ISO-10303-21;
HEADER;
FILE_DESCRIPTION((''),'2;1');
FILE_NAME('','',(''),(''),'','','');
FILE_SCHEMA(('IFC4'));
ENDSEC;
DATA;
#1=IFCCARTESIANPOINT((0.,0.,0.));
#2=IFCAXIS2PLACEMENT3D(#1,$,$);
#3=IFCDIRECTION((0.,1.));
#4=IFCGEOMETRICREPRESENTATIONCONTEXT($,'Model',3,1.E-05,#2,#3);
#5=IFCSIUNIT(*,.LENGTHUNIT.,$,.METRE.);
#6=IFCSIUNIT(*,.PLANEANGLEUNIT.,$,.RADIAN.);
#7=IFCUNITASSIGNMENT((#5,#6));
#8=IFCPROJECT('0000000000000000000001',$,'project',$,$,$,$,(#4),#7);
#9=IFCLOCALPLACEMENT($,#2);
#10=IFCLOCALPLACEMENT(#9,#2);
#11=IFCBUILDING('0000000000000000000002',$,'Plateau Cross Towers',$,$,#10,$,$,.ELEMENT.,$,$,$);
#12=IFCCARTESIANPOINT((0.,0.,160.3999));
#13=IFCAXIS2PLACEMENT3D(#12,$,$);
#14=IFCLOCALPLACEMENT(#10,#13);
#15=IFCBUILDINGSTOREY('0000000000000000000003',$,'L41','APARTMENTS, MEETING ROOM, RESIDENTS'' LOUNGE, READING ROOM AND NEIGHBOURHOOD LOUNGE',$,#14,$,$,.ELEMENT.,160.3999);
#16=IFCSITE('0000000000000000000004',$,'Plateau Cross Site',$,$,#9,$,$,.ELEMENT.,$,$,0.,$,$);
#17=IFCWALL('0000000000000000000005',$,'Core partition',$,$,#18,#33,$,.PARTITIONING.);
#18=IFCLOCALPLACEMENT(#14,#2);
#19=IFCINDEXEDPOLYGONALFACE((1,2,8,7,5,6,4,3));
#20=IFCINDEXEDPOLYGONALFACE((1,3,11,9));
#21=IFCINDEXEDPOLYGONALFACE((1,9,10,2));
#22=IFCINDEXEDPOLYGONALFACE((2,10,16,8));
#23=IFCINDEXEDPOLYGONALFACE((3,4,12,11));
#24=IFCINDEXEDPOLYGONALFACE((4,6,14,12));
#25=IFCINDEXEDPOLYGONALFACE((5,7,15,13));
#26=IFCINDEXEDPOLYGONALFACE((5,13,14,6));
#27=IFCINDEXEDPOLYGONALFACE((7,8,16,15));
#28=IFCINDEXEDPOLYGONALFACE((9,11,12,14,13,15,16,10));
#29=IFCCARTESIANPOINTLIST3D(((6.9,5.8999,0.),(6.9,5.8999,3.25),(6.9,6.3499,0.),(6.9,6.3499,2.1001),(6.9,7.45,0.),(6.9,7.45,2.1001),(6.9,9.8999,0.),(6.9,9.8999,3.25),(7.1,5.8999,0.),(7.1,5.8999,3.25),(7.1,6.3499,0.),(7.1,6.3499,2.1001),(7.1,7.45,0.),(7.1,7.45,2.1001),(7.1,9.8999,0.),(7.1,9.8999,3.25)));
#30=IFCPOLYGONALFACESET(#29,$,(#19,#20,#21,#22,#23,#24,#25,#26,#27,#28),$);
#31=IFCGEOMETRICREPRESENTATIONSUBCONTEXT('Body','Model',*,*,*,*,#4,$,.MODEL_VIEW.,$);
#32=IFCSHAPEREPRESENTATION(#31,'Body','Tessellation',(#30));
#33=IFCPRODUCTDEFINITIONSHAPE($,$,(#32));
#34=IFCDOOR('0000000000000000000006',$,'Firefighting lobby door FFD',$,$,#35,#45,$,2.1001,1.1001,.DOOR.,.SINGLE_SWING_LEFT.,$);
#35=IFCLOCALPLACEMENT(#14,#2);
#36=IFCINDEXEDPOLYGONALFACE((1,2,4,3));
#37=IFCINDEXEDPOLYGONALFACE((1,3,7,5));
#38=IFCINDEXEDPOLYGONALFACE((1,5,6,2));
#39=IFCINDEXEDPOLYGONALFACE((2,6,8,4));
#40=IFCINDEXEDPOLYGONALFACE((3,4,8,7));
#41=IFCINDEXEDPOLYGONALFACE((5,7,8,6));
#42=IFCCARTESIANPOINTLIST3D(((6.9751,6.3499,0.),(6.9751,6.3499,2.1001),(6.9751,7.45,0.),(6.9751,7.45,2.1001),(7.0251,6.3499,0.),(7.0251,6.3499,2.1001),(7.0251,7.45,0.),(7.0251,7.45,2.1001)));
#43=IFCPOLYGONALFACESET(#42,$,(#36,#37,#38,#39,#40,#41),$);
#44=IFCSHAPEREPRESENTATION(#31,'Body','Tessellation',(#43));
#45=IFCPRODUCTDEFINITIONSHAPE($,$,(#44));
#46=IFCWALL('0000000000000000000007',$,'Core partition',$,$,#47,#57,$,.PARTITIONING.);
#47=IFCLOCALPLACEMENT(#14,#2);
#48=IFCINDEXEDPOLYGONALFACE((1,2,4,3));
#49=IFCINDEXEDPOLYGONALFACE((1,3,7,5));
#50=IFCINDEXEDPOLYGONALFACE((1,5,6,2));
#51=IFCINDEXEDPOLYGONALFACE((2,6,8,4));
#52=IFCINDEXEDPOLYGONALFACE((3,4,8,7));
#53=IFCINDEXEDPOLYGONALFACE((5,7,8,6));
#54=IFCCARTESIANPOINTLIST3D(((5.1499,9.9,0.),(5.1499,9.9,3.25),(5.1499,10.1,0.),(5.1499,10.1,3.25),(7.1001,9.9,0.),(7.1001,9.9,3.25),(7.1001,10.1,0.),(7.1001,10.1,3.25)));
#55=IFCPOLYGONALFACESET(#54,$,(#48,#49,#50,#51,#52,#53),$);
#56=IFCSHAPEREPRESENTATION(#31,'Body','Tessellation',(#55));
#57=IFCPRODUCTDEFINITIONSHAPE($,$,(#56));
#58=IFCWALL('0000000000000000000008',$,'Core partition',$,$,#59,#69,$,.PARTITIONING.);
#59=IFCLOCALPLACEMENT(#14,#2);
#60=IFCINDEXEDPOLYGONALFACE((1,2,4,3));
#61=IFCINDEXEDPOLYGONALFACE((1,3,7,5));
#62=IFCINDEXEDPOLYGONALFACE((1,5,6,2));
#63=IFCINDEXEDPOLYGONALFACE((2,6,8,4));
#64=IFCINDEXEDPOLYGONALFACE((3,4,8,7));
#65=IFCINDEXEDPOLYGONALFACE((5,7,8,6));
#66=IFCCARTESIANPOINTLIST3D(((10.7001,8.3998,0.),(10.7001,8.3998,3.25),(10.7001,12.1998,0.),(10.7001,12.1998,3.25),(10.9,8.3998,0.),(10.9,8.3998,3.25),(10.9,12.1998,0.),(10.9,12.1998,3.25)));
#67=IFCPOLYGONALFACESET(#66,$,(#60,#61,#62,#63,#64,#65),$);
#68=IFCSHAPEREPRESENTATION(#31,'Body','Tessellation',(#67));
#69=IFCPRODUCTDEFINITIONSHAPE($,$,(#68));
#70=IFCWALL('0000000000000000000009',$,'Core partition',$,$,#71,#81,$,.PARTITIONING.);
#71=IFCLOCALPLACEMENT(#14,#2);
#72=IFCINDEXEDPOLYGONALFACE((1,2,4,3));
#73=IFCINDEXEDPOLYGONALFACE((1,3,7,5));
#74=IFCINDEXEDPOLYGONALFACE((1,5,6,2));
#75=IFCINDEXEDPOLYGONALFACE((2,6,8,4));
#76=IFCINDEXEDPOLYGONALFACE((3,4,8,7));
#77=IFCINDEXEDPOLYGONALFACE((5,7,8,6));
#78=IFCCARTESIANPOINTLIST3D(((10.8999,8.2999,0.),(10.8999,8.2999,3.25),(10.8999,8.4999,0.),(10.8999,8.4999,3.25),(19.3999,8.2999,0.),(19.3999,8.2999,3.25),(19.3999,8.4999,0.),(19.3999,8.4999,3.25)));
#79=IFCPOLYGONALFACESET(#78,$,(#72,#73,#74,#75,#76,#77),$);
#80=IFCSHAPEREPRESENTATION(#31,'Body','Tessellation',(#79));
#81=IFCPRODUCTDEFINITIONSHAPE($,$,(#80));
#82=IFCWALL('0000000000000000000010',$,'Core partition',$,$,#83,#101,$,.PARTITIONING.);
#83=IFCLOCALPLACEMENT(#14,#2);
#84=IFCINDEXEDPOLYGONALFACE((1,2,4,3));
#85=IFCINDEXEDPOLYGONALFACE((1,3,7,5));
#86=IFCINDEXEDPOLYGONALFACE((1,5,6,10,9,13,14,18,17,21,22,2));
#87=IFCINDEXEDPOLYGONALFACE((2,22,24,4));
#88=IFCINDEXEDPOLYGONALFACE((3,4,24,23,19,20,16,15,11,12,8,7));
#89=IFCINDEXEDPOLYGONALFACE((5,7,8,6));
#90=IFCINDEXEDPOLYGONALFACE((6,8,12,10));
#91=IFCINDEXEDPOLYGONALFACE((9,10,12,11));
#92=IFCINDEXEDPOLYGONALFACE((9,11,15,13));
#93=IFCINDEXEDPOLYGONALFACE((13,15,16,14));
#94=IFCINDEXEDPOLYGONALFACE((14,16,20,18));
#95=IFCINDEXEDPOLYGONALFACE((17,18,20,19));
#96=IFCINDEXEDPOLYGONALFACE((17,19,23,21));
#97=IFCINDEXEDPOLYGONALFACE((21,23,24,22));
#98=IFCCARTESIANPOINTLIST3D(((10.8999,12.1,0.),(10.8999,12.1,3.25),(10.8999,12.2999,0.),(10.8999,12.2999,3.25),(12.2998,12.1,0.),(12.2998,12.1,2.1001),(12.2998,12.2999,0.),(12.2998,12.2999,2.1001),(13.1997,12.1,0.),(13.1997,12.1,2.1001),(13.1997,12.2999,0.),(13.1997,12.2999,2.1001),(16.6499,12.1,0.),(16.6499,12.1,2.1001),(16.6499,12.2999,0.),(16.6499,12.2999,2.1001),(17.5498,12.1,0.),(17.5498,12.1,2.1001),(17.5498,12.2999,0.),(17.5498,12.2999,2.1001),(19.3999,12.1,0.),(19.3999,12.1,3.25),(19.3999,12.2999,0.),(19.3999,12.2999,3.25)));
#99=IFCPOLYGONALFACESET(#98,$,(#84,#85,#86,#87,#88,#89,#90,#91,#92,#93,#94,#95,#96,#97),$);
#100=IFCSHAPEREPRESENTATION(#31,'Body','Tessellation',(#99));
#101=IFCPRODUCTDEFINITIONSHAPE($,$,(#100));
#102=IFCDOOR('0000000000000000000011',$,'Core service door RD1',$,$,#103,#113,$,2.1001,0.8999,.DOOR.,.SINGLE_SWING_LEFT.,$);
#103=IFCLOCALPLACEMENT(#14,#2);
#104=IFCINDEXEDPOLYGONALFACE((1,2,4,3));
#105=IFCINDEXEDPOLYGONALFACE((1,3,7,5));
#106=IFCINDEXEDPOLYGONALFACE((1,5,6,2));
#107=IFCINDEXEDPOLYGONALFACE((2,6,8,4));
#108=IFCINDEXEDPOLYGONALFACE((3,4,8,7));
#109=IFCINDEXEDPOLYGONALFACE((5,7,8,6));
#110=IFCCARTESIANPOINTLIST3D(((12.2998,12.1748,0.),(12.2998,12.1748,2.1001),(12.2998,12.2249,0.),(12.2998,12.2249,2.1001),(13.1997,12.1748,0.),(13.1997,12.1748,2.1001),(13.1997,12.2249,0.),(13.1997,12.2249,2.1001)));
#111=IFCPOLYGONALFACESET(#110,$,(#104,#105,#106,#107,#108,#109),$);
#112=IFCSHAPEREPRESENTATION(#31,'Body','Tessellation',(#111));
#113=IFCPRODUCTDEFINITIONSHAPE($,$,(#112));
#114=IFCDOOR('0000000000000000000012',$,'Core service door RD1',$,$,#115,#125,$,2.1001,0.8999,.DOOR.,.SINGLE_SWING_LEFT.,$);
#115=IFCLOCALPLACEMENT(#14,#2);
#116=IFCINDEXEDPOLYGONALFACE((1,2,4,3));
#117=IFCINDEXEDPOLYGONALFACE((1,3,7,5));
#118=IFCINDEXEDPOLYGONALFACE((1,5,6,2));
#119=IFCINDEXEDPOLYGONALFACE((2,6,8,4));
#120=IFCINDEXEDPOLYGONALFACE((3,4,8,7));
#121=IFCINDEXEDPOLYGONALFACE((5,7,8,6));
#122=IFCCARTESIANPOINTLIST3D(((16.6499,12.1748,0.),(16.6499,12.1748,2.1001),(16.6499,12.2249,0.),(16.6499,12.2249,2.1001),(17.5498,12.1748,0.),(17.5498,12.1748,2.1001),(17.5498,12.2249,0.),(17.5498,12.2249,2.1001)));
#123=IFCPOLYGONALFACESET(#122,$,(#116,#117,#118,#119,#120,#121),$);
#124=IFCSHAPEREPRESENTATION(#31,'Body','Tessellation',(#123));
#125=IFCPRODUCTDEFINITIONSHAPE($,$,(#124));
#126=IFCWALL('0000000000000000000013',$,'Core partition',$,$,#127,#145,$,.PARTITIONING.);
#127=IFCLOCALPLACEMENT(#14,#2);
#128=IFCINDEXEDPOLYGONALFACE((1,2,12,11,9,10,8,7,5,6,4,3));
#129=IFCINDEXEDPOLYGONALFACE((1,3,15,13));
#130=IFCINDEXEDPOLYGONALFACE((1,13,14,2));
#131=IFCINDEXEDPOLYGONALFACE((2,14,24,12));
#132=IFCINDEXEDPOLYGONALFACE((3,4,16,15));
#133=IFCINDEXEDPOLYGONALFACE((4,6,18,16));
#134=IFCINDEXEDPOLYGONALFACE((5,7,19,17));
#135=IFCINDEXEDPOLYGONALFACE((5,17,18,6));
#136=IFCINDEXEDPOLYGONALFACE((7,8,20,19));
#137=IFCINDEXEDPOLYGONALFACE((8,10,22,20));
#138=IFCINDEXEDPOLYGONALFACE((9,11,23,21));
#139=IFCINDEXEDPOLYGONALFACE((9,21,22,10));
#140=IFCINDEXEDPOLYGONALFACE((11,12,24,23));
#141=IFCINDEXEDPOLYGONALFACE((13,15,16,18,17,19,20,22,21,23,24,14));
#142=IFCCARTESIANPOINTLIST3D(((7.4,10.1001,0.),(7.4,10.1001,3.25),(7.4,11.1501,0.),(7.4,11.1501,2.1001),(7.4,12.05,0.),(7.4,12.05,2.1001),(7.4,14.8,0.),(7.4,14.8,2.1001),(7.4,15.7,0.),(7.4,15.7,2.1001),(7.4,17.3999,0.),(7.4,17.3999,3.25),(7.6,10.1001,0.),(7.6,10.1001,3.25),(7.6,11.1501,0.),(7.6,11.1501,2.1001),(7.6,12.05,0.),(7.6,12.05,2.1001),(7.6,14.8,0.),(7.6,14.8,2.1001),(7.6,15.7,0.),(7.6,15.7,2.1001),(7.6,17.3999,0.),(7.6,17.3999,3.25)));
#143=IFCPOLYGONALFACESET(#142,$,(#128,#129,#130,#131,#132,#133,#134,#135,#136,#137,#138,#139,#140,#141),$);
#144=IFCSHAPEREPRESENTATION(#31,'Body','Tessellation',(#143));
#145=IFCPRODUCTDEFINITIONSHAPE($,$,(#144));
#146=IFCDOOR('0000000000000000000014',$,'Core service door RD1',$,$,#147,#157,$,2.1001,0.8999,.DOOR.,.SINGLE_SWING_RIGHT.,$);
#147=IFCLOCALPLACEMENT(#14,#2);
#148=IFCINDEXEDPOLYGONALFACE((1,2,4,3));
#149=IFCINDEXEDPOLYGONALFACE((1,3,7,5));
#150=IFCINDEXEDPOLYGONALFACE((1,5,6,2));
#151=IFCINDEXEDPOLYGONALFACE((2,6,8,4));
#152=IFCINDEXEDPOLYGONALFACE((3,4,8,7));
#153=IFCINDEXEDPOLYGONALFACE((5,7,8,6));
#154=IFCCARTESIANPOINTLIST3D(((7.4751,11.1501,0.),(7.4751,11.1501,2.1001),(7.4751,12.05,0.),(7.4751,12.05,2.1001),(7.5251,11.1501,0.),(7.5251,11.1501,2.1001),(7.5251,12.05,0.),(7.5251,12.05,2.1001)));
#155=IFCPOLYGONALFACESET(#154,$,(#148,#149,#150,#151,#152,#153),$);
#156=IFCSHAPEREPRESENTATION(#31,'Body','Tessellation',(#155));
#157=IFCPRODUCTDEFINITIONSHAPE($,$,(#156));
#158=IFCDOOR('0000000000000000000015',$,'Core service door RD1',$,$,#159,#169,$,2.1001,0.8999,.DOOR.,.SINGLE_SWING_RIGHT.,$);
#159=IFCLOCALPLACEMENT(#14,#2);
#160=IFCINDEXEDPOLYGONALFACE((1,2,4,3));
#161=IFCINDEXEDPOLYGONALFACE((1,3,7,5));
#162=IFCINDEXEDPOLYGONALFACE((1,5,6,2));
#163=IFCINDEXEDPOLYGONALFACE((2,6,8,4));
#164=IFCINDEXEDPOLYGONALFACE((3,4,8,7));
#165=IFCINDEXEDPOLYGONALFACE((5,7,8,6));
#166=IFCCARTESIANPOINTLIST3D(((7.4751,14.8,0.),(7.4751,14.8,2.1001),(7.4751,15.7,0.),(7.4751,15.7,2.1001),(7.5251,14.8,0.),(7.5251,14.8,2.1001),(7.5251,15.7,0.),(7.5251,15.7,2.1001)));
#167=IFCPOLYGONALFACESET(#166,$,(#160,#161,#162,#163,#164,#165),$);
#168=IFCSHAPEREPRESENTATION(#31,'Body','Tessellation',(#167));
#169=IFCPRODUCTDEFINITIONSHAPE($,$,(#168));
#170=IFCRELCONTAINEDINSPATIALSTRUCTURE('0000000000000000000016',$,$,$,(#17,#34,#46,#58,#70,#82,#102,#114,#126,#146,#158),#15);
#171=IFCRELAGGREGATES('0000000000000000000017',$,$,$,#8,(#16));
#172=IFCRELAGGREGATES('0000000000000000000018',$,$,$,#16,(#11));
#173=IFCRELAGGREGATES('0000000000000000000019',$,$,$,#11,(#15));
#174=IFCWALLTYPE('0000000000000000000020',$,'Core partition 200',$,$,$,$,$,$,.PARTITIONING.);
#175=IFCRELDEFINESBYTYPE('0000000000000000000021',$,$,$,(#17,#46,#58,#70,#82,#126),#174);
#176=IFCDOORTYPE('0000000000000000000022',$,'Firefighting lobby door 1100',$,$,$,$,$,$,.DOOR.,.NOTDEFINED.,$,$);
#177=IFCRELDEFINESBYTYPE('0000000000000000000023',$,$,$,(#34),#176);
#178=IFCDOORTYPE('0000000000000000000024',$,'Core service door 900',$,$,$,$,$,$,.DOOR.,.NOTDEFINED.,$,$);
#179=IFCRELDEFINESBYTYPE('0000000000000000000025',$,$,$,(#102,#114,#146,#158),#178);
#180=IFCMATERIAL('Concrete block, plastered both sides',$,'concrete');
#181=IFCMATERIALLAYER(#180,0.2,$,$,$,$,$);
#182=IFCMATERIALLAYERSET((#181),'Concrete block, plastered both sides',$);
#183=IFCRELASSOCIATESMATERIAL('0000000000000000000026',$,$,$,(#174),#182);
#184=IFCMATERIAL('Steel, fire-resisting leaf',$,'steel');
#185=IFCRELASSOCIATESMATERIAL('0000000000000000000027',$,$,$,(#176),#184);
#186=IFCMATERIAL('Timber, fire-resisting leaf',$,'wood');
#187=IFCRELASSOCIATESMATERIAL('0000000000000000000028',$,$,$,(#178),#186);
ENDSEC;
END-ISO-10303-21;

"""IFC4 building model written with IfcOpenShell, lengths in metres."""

from ifc_helpers import new_model, si_unit, direction, frame, frame_2d, origin, place, context, subcontext, project, spatial, rectangle, extrude, material, layer, layer_set, type_object, element, fill, save


model = new_model("IFC4")

# Units and contexts
model_context = context("Model", 3, precision=1e-05, world=origin(), true_north=direction((0.0, 1.0)))
body_context = subcontext(model_context, "Body", "Model", "MODEL_VIEW")
ifc_project = project(units=[si_unit("LENGTHUNIT", "METRE"), si_unit("PLANEANGLEUNIT", "RADIAN")], contexts=[model_context])

# Site, building, storey
site_placement = place(None, origin())
site = spatial("IfcSite", under=ifc_project, at=site_placement, Name="Plateau Cross Site", CompositionType="ELEMENT", RefElevation=0.0)
building_placement = place(site_placement, origin())
building = spatial("IfcBuilding", under=site, at=building_placement, Name="Plateau Cross Towers", CompositionType="ELEMENT")
storey_placement = place(building_placement, frame((0.0, 0.0, 160.3999)))
storey = spatial("IfcBuildingStorey", under=building, at=storey_placement, Name="L41", Description="APARTMENTS, MEETING ROOM, RESIDENTS' LOUNGE, READING ROOM AND NEIGHBOURHOOD LOUNGE", CompositionType="ELEMENT", Elevation=160.3999)

# Wall, opening, door
ifc_material_1 = material(Name="Concrete block, plastered both sides", Category="concrete")
ifc_layer_1 = layer(ifc_material_1, 0.2)
ifc_layer_set_1 = layer_set([ifc_layer_1], Name="Concrete block, plastered both sides")
wall_type_1 = type_object("IfcWallType", Name="Core partition 200", PredefinedType="PARTITIONING", material=ifc_layer_set_1)
wall_1_placement = place(storey_placement, frame((7.0, 5.8999, 0.0), z_axis=(0.0, 0.0, 1.0), x_axis=(0.0, 1.0, 0.0)))
wall_1 = element("IfcWall", 1, at=wall_1_placement, inside=storey, type_object=wall_type_1, Name="Core partition", PredefinedType="PARTITIONING", context=body_context, shape_type="SweptSolid", body=[
    extrude(rectangle(XDim=4.0, YDim=0.2, at=frame_2d((2.0, 0.0))), origin(), (0.0, 0.0, 1.0), 3.25),
])
opening_1_placement = place(wall_1_placement, frame((0.45, 0.0, 0.0)))
opening_1 = element("IfcOpeningElement", 2, at=opening_1_placement, cuts=wall_1, PredefinedType="OPENING", context=body_context, shape_type="SweptSolid", body=[
    extrude(rectangle(XDim=1.1001, YDim=2.1001, at=frame_2d((0.55, 1.05))), frame((0.0, 0.1099, 0.0), z_axis=(0.0, -1.0, 0.0), x_axis=(1.0, 0.0, 0.0)), (0.0, 0.0, 1.0), 0.22),
])
ifc_material_2 = material(Name="Steel, fire-resisting leaf", Category="steel")
door_type_1 = type_object("IfcDoorType", Name="Firefighting lobby door 1100", OperationType="NOTDEFINED", PredefinedType="DOOR", material=ifc_material_2)
door_1_placement = place(opening_1_placement, origin())
door_1 = element("IfcDoor", 3, at=door_1_placement, inside=storey, type_object=door_type_1, Name="Firefighting lobby door FFD", OperationType="SINGLE_SWING_LEFT", OverallHeight=2.1001, OverallWidth=1.1001, PredefinedType="DOOR", context=body_context, shape_type="SweptSolid", body=[
    extrude(rectangle(XDim=1.1001, YDim=2.1001, at=frame_2d((0.55, 1.05))), frame((0.0, 0.0249, 0.0), z_axis=(0.0, -1.0, 0.0), x_axis=(1.0, 0.0, 0.0)), (0.0, 0.0, 1.0), 0.05),
])
fill(opening_1, door_1)

# Walls
wall_2_placement = place(storey_placement, frame((5.1499, 10.0, 0.0), z_axis=(0.0, 0.0, 1.0), x_axis=(1.0, 0.0, 0.0)))
element("IfcWall", 4, at=wall_2_placement, inside=storey, type_object=wall_type_1, Name="Core partition", PredefinedType="PARTITIONING", context=body_context, shape_type="SweptSolid", body=[
    extrude(rectangle(XDim=1.9502, YDim=0.2, at=frame_2d((0.9751, 0.0))), origin(), (0.0, 0.0, 1.0), 3.25),
])
wall_3_placement = place(storey_placement, frame((10.8, 8.3999, 0.0), z_axis=(0.0, 0.0, 1.0), x_axis=(0.0, 1.0, 0.0)))
element("IfcWall", 5, at=wall_3_placement, inside=storey, type_object=wall_type_1, Name="Core partition", PredefinedType="PARTITIONING", context=body_context, shape_type="SweptSolid", body=[
    extrude(rectangle(XDim=3.8, YDim=0.2, at=frame_2d((1.8999, 0.0))), origin(), (0.0, 0.0, 1.0), 3.25),
])
wall_4_placement = place(storey_placement, frame((10.8999, 8.3999, 0.0), z_axis=(0.0, 0.0, 1.0), x_axis=(1.0, 0.0, 0.0)))
element("IfcWall", 6, at=wall_4_placement, inside=storey, type_object=wall_type_1, Name="Core partition", PredefinedType="PARTITIONING", context=body_context, shape_type="SweptSolid", body=[
    extrude(rectangle(XDim=8.5, YDim=0.2, at=frame_2d((4.25, 0.0))), origin(), (0.0, 0.0, 1.0), 3.25),
])

# Walls, openings, doors
wall_5_placement = place(storey_placement, frame((10.8999, 12.2, 0.0), z_axis=(0.0, 0.0, 1.0), x_axis=(1.0, 0.0, 0.0)))
wall_5 = element("IfcWall", 7, at=wall_5_placement, inside=storey, type_object=wall_type_1, Name="Core partition", PredefinedType="PARTITIONING", context=body_context, shape_type="SweptSolid", body=[
    extrude(rectangle(XDim=8.5, YDim=0.2, at=frame_2d((4.25, 0.0))), origin(), (0.0, 0.0, 1.0), 3.25),
])
opening_2_placement = place(wall_5_placement, frame((1.3999, 0.0, 0.0)))
opening_2 = element("IfcOpeningElement", 8, at=opening_2_placement, cuts=wall_5, PredefinedType="OPENING", context=body_context, shape_type="SweptSolid", body=[
    extrude(rectangle(XDim=0.8999, YDim=2.1001, at=frame_2d((0.45, 1.05))), frame((0.0, 0.1099, 0.0), z_axis=(0.0, -1.0, 0.0), x_axis=(1.0, 0.0, 0.0)), (0.0, 0.0, 1.0), 0.22),
])
opening_3_placement = place(wall_5_placement, frame((5.75, 0.0, 0.0)))
opening_3 = element("IfcOpeningElement", 9, at=opening_3_placement, cuts=wall_5, PredefinedType="OPENING", context=body_context, shape_type="SweptSolid", body=[
    extrude(rectangle(XDim=0.8999, YDim=2.1001, at=frame_2d((0.45, 1.05))), frame((0.0, 0.1099, 0.0), z_axis=(0.0, -1.0, 0.0), x_axis=(1.0, 0.0, 0.0)), (0.0, 0.0, 1.0), 0.22),
])
ifc_material_3 = material(Name="Timber, fire-resisting leaf", Category="wood")
door_type_2 = type_object("IfcDoorType", Name="Core service door 900", OperationType="NOTDEFINED", PredefinedType="DOOR", material=ifc_material_3)
door_2_placement = place(opening_2_placement, origin())
door_2 = element("IfcDoor", 10, at=door_2_placement, inside=storey, type_object=door_type_2, Name="Core service door RD1", OperationType="SINGLE_SWING_LEFT", OverallHeight=2.1001, OverallWidth=0.8999, PredefinedType="DOOR", context=body_context, shape_type="SweptSolid", body=[
    extrude(rectangle(XDim=0.8999, YDim=2.1001, at=frame_2d((0.45, 1.05))), frame((0.0, 0.0249, 0.0), z_axis=(0.0, -1.0, 0.0), x_axis=(1.0, 0.0, 0.0)), (0.0, 0.0, 1.0), 0.05),
])
fill(opening_2, door_2)
door_3_placement = place(opening_3_placement, origin())
door_3 = element("IfcDoor", 11, at=door_3_placement, inside=storey, type_object=door_type_2, Name="Core service door RD1", OperationType="SINGLE_SWING_LEFT", OverallHeight=2.1001, OverallWidth=0.8999, PredefinedType="DOOR", context=body_context, shape_type="SweptSolid", body=[
    extrude(rectangle(XDim=0.8999, YDim=2.1001, at=frame_2d((0.45, 1.05))), frame((0.0, 0.0249, 0.0), z_axis=(0.0, -1.0, 0.0), x_axis=(1.0, 0.0, 0.0)), (0.0, 0.0, 1.0), 0.05),
])
fill(opening_3, door_3)
wall_6_placement = place(storey_placement, frame((7.5, 10.1001, 0.0), z_axis=(0.0, 0.0, 1.0), x_axis=(0.0, 1.0, 0.0)))
wall_6 = element("IfcWall", 12, at=wall_6_placement, inside=storey, type_object=wall_type_1, Name="Core partition", PredefinedType="PARTITIONING", context=body_context, shape_type="SweptSolid", body=[
    extrude(rectangle(XDim=7.2998, YDim=0.2, at=frame_2d((3.6499, 0.0))), origin(), (0.0, 0.0, 1.0), 3.25),
])
opening_4_placement = place(wall_6_placement, frame((1.05, 0.0, 0.0)))
opening_4 = element("IfcOpeningElement", 13, at=opening_4_placement, cuts=wall_6, PredefinedType="OPENING", context=body_context, shape_type="SweptSolid", body=[
    extrude(rectangle(XDim=0.8999, YDim=2.1001, at=frame_2d((0.45, 1.05))), frame((0.0, 0.1099, 0.0), z_axis=(0.0, -1.0, 0.0), x_axis=(1.0, 0.0, 0.0)), (0.0, 0.0, 1.0), 0.22),
])
opening_5_placement = place(wall_6_placement, frame((4.7, 0.0, 0.0)))
opening_5 = element("IfcOpeningElement", 14, at=opening_5_placement, cuts=wall_6, PredefinedType="OPENING", context=body_context, shape_type="SweptSolid", body=[
    extrude(rectangle(XDim=0.8999, YDim=2.1001, at=frame_2d((0.45, 1.05))), frame((0.0, 0.1099, 0.0), z_axis=(0.0, -1.0, 0.0), x_axis=(1.0, 0.0, 0.0)), (0.0, 0.0, 1.0), 0.22),
])
door_4_placement = place(opening_4_placement, origin())
door_4 = element("IfcDoor", 15, at=door_4_placement, inside=storey, type_object=door_type_2, Name="Core service door RD1", OperationType="SINGLE_SWING_RIGHT", OverallHeight=2.1001, OverallWidth=0.8999, PredefinedType="DOOR", context=body_context, shape_type="SweptSolid", body=[
    extrude(rectangle(XDim=0.8999, YDim=2.1001, at=frame_2d((0.45, 1.05))), frame((0.0, 0.0249, 0.0), z_axis=(0.0, -1.0, 0.0), x_axis=(1.0, 0.0, 0.0)), (0.0, 0.0, 1.0), 0.05),
])
fill(opening_4, door_4)
door_5_placement = place(opening_5_placement, origin())
door_5 = element("IfcDoor", 16, at=door_5_placement, inside=storey, type_object=door_type_2, Name="Core service door RD1", OperationType="SINGLE_SWING_RIGHT", OverallHeight=2.1001, OverallWidth=0.8999, PredefinedType="DOOR", context=body_context, shape_type="SweptSolid", body=[
    extrude(rectangle(XDim=0.8999, YDim=2.1001, at=frame_2d((0.45, 1.05))), frame((0.0, 0.0249, 0.0), z_axis=(0.0, -1.0, 0.0), x_axis=(1.0, 0.0, 0.0)), (0.0, 0.0, 1.0), 0.05),
])
fill(opening_5, door_5)

save(model, "model.ifc")
